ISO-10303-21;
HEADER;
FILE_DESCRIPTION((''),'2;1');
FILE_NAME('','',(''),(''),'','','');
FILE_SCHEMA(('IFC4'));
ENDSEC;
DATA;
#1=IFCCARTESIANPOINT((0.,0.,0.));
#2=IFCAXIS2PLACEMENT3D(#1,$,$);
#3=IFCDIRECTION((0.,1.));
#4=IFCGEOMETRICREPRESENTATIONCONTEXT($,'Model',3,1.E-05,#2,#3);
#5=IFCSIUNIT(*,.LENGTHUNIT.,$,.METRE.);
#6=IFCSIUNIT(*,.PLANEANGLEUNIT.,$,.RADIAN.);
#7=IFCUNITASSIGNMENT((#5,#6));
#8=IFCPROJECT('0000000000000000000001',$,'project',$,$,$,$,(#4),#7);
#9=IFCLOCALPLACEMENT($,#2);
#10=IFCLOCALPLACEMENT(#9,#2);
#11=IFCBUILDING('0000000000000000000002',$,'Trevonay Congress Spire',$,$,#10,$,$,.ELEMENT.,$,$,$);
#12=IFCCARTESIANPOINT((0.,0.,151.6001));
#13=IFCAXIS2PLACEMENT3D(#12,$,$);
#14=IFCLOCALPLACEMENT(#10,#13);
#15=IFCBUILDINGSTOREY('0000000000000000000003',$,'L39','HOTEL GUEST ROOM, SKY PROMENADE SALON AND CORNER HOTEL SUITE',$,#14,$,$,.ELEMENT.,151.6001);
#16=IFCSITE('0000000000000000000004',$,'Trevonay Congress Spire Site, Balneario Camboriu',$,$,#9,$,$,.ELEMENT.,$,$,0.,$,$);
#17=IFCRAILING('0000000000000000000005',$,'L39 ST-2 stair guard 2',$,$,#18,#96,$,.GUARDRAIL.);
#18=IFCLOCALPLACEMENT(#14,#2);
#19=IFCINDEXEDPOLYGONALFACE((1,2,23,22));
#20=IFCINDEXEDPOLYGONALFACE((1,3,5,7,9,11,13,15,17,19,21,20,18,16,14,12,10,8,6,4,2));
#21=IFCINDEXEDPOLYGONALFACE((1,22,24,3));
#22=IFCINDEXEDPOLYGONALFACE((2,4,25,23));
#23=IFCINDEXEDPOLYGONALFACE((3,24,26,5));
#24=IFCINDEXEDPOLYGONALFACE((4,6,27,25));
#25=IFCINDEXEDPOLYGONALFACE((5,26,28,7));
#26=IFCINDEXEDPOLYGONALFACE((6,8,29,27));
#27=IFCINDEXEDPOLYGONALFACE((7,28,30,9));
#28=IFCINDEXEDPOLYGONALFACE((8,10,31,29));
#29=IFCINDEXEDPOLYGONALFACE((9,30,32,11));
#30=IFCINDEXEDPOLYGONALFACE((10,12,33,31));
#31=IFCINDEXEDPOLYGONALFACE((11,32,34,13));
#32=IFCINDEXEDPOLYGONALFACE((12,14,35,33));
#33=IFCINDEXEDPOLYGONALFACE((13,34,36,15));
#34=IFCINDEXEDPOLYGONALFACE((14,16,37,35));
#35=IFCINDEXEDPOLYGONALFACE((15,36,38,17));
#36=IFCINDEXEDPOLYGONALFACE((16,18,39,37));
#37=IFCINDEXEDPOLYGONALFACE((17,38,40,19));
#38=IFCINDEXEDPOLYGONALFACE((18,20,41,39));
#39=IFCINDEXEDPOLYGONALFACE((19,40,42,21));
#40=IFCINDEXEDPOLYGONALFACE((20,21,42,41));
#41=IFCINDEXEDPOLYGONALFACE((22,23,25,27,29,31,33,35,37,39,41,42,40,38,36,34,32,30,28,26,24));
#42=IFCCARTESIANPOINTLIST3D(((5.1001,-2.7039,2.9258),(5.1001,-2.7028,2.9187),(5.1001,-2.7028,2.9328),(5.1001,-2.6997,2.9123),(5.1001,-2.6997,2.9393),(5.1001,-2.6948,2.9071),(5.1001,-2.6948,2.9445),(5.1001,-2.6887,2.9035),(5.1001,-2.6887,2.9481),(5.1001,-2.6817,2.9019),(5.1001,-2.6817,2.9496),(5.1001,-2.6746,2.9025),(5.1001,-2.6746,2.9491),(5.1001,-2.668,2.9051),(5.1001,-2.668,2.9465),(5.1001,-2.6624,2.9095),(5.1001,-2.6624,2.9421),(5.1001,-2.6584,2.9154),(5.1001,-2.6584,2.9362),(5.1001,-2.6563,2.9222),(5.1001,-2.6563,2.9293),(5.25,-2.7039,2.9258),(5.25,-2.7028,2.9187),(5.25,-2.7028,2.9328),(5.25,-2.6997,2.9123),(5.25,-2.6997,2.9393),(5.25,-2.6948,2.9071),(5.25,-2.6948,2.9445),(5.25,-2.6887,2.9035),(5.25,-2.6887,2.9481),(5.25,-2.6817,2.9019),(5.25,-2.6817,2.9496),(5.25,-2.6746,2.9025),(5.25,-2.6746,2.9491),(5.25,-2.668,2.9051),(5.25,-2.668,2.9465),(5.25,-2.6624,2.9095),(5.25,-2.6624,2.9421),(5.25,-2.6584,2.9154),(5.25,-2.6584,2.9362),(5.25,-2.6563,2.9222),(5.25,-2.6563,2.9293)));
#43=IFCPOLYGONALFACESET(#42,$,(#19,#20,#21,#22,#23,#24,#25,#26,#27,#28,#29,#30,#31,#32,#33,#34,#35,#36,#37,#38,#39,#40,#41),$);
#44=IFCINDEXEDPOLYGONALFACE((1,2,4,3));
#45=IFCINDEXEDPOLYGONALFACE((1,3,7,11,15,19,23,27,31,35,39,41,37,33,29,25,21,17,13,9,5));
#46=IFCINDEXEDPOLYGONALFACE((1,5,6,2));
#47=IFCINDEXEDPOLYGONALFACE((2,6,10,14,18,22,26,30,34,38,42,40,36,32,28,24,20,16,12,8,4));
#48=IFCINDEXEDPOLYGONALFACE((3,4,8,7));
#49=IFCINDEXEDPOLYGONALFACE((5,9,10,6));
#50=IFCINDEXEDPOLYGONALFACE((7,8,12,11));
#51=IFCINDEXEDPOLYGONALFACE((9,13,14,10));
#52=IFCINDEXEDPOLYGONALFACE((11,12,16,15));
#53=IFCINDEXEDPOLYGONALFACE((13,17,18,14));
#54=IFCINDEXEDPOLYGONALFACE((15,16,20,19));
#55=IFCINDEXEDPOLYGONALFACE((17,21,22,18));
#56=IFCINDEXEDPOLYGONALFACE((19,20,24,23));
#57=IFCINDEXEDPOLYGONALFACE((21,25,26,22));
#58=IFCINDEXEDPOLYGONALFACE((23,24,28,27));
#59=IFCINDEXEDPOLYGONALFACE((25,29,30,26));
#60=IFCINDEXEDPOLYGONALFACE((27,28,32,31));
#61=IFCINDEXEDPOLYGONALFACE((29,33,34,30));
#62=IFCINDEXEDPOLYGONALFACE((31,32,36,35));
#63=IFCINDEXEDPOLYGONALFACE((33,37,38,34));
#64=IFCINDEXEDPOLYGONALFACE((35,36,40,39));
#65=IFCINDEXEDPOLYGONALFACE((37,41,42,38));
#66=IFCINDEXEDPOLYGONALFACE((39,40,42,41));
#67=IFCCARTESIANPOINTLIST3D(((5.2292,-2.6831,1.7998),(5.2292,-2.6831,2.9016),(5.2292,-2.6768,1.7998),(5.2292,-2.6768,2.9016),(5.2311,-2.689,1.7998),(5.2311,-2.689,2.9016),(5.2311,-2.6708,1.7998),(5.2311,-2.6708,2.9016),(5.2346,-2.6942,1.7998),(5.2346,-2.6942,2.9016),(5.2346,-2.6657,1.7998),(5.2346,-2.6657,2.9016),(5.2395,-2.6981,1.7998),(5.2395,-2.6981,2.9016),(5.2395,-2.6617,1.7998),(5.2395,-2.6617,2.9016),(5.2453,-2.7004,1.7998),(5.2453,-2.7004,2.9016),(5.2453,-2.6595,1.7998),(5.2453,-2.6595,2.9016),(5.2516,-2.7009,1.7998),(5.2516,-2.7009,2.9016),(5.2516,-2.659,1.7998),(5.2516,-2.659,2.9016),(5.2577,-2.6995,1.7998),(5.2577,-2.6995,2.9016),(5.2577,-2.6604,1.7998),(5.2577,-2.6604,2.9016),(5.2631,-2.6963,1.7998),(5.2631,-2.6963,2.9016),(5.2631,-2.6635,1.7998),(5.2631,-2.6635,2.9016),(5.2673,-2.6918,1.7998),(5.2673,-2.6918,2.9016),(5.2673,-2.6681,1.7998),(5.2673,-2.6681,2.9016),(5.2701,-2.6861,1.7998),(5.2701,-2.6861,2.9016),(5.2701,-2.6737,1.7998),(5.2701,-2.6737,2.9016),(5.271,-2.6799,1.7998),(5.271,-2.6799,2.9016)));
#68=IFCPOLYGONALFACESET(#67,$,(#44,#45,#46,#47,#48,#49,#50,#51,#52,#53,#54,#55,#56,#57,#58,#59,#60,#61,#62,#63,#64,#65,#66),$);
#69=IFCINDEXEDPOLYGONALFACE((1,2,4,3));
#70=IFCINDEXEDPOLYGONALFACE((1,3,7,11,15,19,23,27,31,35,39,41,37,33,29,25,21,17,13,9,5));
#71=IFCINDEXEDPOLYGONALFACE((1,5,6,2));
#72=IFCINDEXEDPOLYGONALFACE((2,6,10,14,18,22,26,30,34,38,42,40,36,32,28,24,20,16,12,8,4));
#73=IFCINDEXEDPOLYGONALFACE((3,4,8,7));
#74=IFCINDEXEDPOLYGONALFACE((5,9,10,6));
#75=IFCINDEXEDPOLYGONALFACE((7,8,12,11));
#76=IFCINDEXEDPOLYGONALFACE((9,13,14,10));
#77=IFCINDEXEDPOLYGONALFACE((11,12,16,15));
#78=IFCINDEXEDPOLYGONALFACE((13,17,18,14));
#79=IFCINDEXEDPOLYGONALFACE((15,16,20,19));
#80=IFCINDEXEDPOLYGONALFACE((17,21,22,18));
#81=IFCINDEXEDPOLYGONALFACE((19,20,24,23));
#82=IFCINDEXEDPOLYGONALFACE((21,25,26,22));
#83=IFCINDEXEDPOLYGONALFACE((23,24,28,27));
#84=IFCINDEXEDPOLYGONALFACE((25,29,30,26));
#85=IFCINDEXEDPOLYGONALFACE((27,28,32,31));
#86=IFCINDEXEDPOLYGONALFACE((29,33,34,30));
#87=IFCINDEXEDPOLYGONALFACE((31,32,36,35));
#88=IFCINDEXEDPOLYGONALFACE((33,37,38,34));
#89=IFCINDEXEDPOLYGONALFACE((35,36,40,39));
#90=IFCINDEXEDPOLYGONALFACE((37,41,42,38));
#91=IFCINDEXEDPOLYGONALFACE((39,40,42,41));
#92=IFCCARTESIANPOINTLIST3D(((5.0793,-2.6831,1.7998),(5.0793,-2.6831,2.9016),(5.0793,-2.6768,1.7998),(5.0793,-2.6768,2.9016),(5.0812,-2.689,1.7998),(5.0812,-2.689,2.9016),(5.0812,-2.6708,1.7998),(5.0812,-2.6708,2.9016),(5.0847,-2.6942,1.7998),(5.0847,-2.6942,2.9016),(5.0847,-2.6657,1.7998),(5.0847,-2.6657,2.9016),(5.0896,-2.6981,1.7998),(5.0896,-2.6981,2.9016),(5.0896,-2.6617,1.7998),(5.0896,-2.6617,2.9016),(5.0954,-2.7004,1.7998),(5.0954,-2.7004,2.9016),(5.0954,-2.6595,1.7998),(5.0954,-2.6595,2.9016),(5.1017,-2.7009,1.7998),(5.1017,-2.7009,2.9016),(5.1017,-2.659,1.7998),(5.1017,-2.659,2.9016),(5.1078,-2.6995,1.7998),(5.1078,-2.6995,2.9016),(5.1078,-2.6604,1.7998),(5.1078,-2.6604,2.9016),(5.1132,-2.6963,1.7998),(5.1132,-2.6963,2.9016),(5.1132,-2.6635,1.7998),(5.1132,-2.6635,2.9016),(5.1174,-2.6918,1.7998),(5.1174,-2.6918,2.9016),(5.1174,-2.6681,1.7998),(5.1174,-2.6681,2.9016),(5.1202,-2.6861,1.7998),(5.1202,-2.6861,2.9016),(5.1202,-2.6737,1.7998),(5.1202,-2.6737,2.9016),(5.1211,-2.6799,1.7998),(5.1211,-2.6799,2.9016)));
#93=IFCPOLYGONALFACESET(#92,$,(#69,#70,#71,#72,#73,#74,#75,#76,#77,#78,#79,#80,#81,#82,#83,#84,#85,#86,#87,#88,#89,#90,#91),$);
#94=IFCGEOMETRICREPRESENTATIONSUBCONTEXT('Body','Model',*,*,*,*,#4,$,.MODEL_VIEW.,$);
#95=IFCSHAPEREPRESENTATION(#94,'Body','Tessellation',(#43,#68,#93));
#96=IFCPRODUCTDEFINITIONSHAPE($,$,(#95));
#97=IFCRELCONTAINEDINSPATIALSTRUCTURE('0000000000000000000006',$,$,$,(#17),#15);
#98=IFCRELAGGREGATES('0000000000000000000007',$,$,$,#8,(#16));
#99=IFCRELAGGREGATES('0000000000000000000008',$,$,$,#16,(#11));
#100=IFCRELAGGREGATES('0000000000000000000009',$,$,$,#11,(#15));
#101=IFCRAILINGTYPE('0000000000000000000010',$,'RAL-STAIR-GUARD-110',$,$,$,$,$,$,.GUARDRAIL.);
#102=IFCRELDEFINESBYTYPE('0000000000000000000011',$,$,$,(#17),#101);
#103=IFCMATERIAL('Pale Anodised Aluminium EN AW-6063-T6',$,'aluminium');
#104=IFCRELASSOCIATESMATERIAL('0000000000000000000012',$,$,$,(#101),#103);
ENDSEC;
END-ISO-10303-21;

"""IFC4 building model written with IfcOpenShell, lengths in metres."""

from ifc_helpers import new_model, si_unit, direction, frame, origin, origin_2d, place, context, subcontext, project, spatial, circle, extrude, material, type_object, element, save


model = new_model("IFC4")

# Units and contexts
model_context = context("Model", 3, precision=1e-05, world=origin(), true_north=direction((0.0, 1.0)))
body_context = subcontext(model_context, "Body", "Model", "MODEL_VIEW")
ifc_project = project(units=[si_unit("LENGTHUNIT", "METRE"), si_unit("PLANEANGLEUNIT", "RADIAN")], contexts=[model_context])

# Site, building, storey
site_placement = place(None, origin())
site = spatial("IfcSite", under=ifc_project, at=site_placement, Name="Trevonay Congress Spire Site, Balneario Camboriu", CompositionType="ELEMENT", RefElevation=0.0)
building_placement = place(site_placement, origin())
building = spatial("IfcBuilding", under=site, at=building_placement, Name="Trevonay Congress Spire", CompositionType="ELEMENT")
storey_placement = place(building_placement, frame((0.0, 0.0, 151.6001)))
storey = spatial("IfcBuildingStorey", under=building, at=storey_placement, Name="L39", Description="HOTEL GUEST ROOM, SKY PROMENADE SALON AND CORNER HOTEL SUITE", CompositionType="ELEMENT", Elevation=151.6001)

# Railing
ifc_material_1 = material(Name="Pale Anodised Aluminium EN AW-6063-T6", Category="aluminium")
railing_type_1 = type_object("IfcRailingType", Name="RAL-STAIR-GUARD-110", PredefinedType="GUARDRAIL", material=ifc_material_1)
railing_1_placement = place(storey_placement, frame((5.25, -2.6799, 1.7998)))
element("IfcRailing", 1, at=railing_1_placement, inside=storey, type_object=railing_type_1, Name="L39 ST-2 stair guard 2", PredefinedType="GUARDRAIL", context=body_context, shape_type="SweptSolid", body=[
    extrude(circle(Radius=0.0239, at=origin_2d()), frame((0.0, 0.0, 1.126), z_axis=(-1.0, 0.0, 0.0), x_axis=(0.0, -1.0, 0.0)), (0.0, 0.0, 1.0), 0.1499),
    extrude(circle(Radius=0.021, at=origin_2d()), origin(), (0.0, 0.0, 1.0), 1.1018),
    extrude(circle(Radius=0.021, at=origin_2d()), frame((-0.1499, 0.0, 0.0)), (0.0, 0.0, 1.0), 1.1018),
])

save(model, "model.ifc")
